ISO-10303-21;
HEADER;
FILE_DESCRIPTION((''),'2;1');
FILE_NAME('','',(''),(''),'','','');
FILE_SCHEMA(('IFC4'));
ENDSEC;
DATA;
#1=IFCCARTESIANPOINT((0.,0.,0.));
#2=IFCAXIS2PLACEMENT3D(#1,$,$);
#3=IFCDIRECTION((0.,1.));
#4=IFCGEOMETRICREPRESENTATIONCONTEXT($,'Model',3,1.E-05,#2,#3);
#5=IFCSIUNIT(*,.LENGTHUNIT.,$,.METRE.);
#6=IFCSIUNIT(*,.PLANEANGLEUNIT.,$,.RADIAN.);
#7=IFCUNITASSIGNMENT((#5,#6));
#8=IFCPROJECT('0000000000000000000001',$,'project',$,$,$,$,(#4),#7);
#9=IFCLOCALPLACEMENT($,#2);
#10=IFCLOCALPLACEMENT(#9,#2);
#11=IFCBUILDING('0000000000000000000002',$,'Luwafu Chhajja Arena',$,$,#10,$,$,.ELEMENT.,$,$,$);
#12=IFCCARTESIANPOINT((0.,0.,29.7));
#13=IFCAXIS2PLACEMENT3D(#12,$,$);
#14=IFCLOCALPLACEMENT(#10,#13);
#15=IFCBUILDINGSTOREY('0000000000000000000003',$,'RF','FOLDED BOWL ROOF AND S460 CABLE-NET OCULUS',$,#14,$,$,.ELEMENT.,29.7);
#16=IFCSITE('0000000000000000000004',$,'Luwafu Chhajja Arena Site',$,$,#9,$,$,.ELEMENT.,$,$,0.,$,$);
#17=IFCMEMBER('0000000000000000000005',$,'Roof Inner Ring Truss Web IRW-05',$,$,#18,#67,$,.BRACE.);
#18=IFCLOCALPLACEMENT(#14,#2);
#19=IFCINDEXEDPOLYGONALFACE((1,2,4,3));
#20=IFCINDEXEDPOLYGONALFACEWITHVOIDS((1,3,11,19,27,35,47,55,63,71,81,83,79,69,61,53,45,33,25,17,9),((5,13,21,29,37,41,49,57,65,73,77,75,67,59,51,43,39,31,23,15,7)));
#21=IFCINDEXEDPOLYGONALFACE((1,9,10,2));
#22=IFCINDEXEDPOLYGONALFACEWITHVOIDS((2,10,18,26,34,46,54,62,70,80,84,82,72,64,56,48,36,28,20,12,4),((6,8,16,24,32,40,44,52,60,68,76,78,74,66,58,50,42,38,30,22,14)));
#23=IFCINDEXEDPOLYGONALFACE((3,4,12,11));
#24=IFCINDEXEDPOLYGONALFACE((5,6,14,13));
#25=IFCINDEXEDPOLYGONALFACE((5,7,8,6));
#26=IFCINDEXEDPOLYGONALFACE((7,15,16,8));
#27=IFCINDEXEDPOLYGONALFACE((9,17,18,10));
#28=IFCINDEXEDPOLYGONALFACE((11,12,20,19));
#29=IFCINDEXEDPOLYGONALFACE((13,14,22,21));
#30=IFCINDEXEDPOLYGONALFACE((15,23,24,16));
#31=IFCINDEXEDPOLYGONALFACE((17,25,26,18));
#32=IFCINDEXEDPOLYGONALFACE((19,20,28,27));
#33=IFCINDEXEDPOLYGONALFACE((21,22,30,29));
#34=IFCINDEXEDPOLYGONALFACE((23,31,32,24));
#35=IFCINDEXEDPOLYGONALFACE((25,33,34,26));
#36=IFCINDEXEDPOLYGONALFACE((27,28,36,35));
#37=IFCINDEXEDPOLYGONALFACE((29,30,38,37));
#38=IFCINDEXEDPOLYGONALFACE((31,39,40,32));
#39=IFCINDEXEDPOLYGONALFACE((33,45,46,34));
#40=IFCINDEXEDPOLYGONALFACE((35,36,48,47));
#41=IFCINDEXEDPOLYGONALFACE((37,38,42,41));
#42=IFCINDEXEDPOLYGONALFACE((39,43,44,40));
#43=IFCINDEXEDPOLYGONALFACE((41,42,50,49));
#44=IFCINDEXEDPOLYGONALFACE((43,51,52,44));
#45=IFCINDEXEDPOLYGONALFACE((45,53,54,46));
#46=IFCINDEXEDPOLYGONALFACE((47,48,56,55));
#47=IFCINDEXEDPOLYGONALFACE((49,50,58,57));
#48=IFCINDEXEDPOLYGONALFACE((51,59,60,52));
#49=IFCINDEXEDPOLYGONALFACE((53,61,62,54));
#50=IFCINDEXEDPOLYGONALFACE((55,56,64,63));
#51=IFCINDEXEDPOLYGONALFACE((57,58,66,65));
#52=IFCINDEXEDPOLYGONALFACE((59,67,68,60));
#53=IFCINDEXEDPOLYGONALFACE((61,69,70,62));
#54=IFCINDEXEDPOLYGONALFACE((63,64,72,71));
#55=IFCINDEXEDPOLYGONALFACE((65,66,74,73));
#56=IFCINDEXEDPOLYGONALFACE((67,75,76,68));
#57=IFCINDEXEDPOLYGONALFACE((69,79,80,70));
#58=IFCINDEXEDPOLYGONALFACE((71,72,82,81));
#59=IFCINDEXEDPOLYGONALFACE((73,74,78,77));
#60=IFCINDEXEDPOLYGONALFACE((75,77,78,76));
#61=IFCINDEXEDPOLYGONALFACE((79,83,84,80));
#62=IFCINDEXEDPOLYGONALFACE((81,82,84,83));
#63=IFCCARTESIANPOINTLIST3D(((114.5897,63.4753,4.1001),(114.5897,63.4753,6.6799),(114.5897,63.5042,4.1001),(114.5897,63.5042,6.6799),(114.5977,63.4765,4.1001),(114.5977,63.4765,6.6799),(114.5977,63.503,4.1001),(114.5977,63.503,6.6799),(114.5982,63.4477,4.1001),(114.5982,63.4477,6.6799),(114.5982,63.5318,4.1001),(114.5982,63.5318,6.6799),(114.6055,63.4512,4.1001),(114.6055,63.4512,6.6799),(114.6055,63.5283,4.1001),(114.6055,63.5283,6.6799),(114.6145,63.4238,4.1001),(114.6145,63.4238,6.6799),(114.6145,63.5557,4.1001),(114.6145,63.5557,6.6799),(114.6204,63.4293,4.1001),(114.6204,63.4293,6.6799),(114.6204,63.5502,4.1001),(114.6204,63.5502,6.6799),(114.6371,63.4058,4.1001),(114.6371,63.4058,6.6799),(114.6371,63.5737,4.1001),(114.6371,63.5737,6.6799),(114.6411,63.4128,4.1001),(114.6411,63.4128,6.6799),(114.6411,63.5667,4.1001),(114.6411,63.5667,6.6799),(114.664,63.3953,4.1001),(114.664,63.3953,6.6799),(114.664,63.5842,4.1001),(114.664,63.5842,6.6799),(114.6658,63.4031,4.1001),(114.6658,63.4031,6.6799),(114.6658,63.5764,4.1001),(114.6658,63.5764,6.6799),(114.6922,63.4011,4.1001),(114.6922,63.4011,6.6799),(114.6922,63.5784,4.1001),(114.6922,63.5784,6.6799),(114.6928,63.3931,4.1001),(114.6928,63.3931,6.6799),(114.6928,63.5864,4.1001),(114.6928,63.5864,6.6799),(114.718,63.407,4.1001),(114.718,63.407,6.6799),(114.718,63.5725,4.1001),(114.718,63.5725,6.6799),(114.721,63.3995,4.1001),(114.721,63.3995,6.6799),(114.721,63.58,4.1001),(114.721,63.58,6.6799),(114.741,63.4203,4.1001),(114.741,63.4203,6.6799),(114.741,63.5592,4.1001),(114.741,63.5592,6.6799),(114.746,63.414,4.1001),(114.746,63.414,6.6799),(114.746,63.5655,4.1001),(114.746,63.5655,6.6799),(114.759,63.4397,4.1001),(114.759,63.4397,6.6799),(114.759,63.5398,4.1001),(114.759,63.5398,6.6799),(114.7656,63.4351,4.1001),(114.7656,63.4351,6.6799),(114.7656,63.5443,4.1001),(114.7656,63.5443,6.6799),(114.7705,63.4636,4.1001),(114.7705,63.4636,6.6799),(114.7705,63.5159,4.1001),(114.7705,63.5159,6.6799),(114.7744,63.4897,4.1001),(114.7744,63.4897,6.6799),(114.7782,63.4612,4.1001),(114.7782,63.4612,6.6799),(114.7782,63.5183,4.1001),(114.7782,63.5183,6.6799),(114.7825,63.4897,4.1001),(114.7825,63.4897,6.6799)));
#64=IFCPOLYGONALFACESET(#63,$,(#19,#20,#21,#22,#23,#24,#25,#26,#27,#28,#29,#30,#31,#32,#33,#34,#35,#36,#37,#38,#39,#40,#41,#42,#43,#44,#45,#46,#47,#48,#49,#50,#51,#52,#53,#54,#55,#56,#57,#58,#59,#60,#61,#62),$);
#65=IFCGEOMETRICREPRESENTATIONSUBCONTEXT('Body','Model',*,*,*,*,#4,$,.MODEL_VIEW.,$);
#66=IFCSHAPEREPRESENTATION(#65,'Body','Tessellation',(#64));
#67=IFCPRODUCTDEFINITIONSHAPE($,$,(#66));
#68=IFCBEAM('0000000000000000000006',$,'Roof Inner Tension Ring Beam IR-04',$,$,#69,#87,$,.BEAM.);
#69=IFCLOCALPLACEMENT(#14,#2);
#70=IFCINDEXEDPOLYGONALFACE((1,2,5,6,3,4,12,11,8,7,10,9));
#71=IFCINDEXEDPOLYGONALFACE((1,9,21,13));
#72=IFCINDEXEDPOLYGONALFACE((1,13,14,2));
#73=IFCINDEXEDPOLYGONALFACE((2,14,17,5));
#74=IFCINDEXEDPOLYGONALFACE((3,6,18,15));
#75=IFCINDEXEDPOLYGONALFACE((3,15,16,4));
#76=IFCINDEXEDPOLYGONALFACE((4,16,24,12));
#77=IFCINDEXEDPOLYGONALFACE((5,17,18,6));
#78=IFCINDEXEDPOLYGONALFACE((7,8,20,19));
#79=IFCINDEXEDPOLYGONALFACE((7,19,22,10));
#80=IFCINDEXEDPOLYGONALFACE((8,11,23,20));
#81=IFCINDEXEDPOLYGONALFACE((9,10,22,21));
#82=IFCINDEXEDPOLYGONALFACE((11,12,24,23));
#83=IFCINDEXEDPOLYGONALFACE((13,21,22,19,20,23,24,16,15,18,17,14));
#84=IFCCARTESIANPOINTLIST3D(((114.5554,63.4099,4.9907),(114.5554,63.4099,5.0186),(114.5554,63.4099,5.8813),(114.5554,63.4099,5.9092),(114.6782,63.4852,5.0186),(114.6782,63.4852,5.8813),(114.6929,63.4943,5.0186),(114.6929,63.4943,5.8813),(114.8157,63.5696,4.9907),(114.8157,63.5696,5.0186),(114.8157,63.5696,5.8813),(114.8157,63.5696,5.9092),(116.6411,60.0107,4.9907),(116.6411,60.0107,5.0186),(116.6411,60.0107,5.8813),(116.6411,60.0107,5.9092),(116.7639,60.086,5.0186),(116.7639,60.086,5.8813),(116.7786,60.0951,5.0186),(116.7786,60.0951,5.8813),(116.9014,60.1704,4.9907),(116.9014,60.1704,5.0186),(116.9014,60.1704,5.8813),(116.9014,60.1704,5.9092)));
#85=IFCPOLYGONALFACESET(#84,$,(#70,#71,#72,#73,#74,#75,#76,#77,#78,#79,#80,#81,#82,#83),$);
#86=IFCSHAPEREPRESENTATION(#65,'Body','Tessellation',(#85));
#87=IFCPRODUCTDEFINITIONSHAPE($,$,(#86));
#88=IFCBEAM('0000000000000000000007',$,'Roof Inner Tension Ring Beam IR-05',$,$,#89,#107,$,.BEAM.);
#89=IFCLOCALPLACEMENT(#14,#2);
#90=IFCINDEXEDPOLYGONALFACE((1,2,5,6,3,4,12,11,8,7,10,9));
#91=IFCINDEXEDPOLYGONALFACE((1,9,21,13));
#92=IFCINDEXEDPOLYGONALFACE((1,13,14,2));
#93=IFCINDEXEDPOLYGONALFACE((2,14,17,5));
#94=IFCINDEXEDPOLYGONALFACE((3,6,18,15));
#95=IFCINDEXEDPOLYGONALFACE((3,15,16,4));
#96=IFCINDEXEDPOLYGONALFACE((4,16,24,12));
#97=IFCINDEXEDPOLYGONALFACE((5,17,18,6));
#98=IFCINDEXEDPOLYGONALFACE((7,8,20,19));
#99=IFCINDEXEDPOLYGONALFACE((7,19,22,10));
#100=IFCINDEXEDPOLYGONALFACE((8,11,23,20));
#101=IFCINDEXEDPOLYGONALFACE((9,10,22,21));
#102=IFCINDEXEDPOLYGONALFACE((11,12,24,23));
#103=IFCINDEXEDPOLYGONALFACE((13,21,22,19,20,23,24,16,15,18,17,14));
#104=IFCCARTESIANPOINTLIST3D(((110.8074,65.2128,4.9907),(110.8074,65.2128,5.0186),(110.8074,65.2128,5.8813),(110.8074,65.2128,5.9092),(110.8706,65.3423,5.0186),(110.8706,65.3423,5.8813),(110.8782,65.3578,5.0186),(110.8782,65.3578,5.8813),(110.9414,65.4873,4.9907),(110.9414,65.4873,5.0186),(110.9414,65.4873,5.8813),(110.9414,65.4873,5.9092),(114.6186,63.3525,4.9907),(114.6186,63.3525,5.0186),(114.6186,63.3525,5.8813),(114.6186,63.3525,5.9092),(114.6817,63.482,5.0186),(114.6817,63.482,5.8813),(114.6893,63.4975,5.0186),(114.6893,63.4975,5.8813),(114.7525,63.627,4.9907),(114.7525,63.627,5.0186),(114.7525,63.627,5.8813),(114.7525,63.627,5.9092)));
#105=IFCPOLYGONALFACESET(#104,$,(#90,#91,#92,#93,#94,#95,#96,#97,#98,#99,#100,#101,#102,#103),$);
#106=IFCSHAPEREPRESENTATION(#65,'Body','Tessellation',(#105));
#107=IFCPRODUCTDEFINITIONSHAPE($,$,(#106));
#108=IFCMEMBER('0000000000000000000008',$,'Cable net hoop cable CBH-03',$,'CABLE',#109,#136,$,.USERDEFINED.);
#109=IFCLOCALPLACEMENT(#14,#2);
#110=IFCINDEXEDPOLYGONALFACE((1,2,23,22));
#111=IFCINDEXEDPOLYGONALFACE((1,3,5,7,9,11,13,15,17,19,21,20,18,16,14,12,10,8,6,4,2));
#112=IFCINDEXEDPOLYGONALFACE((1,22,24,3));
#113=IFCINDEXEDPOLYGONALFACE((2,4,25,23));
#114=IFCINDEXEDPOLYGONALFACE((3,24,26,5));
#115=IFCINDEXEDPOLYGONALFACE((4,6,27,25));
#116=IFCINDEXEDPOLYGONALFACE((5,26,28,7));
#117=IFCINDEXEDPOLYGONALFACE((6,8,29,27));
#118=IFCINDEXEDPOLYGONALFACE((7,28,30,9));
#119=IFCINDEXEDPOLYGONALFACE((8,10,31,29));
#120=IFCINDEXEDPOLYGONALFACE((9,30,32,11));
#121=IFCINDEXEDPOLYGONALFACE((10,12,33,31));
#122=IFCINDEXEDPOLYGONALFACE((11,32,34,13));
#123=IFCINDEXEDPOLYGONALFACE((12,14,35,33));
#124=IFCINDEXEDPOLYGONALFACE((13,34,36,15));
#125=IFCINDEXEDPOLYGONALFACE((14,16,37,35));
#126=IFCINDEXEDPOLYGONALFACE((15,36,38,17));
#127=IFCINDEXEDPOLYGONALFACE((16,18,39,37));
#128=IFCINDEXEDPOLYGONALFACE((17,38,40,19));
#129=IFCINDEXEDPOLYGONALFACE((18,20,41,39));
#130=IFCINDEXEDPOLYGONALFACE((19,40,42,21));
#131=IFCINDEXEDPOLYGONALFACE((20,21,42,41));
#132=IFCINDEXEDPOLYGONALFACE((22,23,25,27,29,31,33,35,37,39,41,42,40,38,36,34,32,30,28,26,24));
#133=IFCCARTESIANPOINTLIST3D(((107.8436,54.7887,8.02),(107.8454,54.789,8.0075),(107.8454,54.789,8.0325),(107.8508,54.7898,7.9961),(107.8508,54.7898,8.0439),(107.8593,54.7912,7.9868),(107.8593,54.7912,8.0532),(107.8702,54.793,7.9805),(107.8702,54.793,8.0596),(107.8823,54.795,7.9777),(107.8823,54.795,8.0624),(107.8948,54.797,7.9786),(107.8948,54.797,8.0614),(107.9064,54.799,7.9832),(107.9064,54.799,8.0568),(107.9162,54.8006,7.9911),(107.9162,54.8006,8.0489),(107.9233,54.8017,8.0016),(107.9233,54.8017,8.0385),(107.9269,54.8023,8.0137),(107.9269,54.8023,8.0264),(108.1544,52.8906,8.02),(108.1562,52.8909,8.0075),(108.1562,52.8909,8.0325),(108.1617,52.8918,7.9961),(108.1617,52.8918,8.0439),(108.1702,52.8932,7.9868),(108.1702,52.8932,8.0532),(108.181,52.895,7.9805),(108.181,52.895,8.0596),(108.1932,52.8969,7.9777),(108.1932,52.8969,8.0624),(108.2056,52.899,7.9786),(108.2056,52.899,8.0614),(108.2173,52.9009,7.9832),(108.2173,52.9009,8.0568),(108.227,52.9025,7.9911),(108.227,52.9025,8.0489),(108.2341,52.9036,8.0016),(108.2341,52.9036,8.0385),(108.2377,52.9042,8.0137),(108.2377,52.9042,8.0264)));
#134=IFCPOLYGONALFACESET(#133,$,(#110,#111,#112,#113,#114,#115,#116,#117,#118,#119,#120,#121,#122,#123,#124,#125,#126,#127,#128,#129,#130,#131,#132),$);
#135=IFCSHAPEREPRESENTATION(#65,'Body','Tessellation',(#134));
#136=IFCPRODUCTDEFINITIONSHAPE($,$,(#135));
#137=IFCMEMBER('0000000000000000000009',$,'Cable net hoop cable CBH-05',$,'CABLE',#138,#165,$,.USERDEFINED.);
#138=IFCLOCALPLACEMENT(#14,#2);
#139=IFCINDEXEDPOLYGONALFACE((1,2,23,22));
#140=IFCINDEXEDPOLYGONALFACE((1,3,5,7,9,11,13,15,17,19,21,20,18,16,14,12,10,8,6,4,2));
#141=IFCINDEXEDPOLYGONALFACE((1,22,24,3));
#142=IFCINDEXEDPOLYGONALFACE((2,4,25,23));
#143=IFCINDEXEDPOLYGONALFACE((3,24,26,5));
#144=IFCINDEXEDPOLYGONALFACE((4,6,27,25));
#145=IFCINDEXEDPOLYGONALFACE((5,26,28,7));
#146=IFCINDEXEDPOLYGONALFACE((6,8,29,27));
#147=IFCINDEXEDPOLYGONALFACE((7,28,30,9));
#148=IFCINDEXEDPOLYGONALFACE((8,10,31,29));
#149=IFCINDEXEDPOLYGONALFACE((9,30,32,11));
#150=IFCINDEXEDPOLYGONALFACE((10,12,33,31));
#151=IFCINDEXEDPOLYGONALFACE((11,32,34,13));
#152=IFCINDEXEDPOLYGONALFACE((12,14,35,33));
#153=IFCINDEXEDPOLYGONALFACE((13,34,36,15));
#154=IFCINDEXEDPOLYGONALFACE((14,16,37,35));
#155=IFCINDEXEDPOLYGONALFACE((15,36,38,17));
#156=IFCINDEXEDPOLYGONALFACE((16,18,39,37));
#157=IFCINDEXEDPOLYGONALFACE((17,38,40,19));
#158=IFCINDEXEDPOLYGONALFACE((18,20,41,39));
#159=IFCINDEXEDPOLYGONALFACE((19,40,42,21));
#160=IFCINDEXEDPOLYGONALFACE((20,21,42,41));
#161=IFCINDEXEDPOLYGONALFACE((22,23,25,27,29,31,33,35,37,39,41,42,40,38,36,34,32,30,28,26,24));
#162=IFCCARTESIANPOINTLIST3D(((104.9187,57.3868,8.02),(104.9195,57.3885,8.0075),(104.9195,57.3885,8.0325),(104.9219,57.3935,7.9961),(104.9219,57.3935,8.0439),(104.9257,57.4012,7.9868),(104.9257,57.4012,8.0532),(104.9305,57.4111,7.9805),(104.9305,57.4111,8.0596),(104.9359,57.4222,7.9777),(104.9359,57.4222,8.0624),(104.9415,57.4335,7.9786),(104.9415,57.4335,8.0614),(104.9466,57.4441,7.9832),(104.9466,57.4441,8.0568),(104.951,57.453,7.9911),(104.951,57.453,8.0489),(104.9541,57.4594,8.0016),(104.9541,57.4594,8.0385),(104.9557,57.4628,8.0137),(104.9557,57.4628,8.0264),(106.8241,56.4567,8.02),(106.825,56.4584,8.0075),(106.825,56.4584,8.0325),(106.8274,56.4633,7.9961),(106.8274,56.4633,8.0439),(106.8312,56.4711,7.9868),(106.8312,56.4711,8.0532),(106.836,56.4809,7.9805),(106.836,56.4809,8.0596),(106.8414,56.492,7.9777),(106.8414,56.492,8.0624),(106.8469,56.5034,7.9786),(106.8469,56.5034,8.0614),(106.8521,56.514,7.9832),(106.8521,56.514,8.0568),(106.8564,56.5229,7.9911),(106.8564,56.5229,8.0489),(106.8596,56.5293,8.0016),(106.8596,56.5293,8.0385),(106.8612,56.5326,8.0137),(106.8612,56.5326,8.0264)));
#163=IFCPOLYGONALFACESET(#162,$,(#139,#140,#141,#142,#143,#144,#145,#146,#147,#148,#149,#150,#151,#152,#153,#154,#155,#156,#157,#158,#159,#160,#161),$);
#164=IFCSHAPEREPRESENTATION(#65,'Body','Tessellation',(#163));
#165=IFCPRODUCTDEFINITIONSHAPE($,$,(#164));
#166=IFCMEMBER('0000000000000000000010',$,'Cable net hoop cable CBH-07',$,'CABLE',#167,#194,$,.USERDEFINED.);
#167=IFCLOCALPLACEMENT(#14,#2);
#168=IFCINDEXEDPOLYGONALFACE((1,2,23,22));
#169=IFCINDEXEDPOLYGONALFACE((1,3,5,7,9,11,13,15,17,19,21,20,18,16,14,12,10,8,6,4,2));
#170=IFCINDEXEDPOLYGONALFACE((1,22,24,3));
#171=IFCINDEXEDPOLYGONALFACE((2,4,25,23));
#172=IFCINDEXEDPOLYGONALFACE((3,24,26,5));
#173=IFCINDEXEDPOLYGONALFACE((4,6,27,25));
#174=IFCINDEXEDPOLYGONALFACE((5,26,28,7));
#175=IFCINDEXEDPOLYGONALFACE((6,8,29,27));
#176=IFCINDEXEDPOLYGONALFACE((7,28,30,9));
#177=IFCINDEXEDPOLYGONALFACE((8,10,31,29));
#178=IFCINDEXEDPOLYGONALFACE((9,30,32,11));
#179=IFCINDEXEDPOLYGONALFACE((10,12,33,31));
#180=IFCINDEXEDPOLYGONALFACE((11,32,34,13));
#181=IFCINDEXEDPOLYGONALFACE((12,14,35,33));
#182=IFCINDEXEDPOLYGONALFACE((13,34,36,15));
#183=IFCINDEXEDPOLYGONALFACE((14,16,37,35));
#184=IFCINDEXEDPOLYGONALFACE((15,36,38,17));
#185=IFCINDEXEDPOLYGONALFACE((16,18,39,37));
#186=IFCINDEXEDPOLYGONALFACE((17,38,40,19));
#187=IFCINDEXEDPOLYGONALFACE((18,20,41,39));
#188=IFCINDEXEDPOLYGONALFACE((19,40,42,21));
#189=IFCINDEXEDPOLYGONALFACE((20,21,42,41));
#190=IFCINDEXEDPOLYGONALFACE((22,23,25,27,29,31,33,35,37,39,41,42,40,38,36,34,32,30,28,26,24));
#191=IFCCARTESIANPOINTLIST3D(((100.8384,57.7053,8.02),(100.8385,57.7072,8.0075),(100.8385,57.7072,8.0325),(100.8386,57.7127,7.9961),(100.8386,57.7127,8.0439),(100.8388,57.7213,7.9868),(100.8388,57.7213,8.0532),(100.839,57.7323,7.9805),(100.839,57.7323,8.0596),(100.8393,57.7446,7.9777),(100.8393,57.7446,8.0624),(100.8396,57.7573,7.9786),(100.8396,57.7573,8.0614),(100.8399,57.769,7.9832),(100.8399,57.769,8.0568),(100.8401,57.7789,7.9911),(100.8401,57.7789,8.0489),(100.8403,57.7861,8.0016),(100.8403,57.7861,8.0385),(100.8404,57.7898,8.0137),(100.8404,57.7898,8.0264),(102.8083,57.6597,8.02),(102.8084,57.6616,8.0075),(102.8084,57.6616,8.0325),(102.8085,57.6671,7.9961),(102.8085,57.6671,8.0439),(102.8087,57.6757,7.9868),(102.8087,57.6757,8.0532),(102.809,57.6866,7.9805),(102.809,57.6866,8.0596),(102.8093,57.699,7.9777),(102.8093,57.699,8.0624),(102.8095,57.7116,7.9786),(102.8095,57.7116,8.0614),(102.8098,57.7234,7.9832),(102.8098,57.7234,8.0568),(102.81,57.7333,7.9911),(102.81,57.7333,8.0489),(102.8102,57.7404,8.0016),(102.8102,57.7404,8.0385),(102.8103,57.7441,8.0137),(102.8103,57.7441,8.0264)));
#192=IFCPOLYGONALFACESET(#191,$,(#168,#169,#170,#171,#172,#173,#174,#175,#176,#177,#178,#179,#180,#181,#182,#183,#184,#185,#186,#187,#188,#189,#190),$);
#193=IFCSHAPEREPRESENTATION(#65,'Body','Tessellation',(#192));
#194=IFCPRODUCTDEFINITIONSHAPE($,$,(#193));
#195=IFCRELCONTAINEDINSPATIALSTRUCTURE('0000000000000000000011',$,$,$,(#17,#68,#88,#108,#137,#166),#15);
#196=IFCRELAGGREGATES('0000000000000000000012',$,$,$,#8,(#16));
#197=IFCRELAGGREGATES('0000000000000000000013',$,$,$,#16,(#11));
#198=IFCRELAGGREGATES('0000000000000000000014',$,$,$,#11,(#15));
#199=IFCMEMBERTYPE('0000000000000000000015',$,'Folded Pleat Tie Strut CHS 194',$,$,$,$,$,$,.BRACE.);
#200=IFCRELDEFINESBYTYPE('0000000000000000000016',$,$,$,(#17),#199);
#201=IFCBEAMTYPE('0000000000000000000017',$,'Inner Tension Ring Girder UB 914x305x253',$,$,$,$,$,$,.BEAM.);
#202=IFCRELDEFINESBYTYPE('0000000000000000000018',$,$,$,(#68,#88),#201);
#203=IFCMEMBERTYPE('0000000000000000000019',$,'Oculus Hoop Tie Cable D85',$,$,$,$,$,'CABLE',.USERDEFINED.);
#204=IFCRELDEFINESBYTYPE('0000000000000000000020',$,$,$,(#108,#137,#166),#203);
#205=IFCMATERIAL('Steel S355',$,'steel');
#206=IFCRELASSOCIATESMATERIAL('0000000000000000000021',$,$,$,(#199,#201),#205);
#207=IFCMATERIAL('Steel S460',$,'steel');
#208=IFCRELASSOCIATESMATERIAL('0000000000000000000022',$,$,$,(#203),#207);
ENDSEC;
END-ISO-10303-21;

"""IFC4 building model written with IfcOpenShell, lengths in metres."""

from ifc_helpers import new_model, si_unit, direction, frame, origin, origin_2d, place, context, subcontext, project, spatial, circle, hollow_circle, i_section, extrude, material, material_profile, profile_set, type_object, element, save


model = new_model("IFC4")

# Units and contexts
model_context = context("Model", 3, precision=1e-05, world=origin(), true_north=direction((0.0, 1.0)))
body_context = subcontext(model_context, "Body", "Model", "MODEL_VIEW")
ifc_project = project(units=[si_unit("LENGTHUNIT", "METRE"), si_unit("PLANEANGLEUNIT", "RADIAN")], contexts=[model_context])

# Site, building, storey
site_placement = place(None, origin())
site = spatial("IfcSite", under=ifc_project, at=site_placement, Name="Luwafu Chhajja Arena Site", CompositionType="ELEMENT", RefElevation=0.0)
building_placement = place(site_placement, origin())
building = spatial("IfcBuilding", under=site, at=building_placement, Name="Luwafu Chhajja Arena", CompositionType="ELEMENT")
storey_placement = place(building_placement, frame((0.0, 0.0, 29.7)))
storey = spatial("IfcBuildingStorey", under=building, at=storey_placement, Name="RF", Description="FOLDED BOWL ROOF AND S460 CABLE-NET OCULUS", CompositionType="ELEMENT", Elevation=29.7)

# Member
ifc_material_1 = material(Name="Steel S355", Category="steel")
ifc_material_profile_1 = material_profile(ifc_material_1, hollow_circle(Radius=0.0969, WallThickness=0.0081, at=origin_2d()), Name="CHS 193.7x8")
ifc_profile_set_1 = profile_set([ifc_material_profile_1], Name="Steel S355")
member_type_1 = type_object("IfcMemberType", Name="Folded Pleat Tie Strut CHS 194", PredefinedType="BRACE", material=ifc_profile_set_1)
member_1_placement = place(storey_placement, frame((114.6855, 63.4897, 4.1001), z_axis=(0.0, 0.0, 1.0), x_axis=(1.0, 0.0, 0.0)))
element("IfcMember", 1, at=member_1_placement, inside=storey, type_object=member_type_1, Name="Roof Inner Ring Truss Web IRW-05", PredefinedType="BRACE", context=body_context, shape_type="SweptSolid", body=[
    extrude(hollow_circle(Radius=0.0969, WallThickness=0.0081, at=origin_2d()), origin(), (0.0, 0.0, 1.0), 2.5798),
])

# Beams
ifc_material_profile_2 = material_profile(ifc_material_1, i_section(OverallWidth=0.3054, OverallDepth=0.9185, WebThickness=0.0173, FlangeThickness=0.0278, at=origin_2d()), Name="UB 914x305x253")
ifc_profile_set_2 = profile_set([ifc_material_profile_2], Name="Steel S355")
beam_type = type_object("IfcBeamType", Name="Inner Tension Ring Girder UB 914x305x253", PredefinedType="BEAM", material=ifc_profile_set_2)
beam_1_placement = place(storey_placement, frame((116.7712, 60.0906, 5.45), z_axis=(-0.522987, 0.852341, 0.0), x_axis=(-0.852341, -0.522987, 0.0)))
element("IfcBeam", 2, at=beam_1_placement, inside=storey, type_object=beam_type, Name="Roof Inner Tension Ring Beam IR-04", PredefinedType="BEAM", context=body_context, shape_type="SweptSolid", body=[
    extrude(i_section(OverallWidth=0.3054, OverallDepth=0.9185, WebThickness=0.0173, FlangeThickness=0.0278, at=origin_2d()), origin(), (0.0, 0.0, 1.0), 3.988),
])
beam_2_placement = place(storey_placement, frame((114.6855, 63.4897, 5.45), z_axis=(-0.898658, 0.43865, 0.0), x_axis=(-0.43865, -0.898658, 0.0)))
element("IfcBeam", 3, at=beam_2_placement, inside=storey, type_object=beam_type, Name="Roof Inner Tension Ring Beam IR-05", PredefinedType="BEAM", context=body_context, shape_type="SweptSolid", body=[
    extrude(i_section(OverallWidth=0.3054, OverallDepth=0.9185, WebThickness=0.0173, FlangeThickness=0.0278, at=origin_2d()), origin(), (0.0, 0.0, 1.0), 4.241),
])

# Members
ifc_material_2 = material(Name="Steel S460", Category="steel")
ifc_material_profile_3 = material_profile(ifc_material_2, circle(Radius=0.0425, at=origin_2d()), Name="CABLE D85")
ifc_profile_set_3 = profile_set([ifc_material_profile_3], Name="Steel S460")
member_type_2 = type_object("IfcMemberType", Name="Oculus Hoop Tie Cable D85", ElementType="CABLE", PredefinedType="USERDEFINED", material=ifc_profile_set_3)
member_2_placement = place(storey_placement, frame((108.1963, 52.8975, 8.02), z_axis=(-0.161599, 0.986857, 0.0), x_axis=(-0.986857, -0.161599, 0.0)))
element("IfcMember", 4, at=member_2_placement, inside=storey, type_object=member_type_2, Name="Cable net hoop cable CBH-03", ObjectType="CABLE", PredefinedType="USERDEFINED", context=body_context, shape_type="SweptSolid", body=[
    extrude(circle(Radius=0.0425, at=origin_2d()), origin(), (0.0, 0.0, 1.0), 1.9233),
])
member_3_placement = place(storey_placement, frame((106.8428, 56.4949, 8.02), z_axis=(-0.898647, 0.438673, 0.0), x_axis=(-0.438673, -0.898647, 0.0)))
element("IfcMember", 5, at=member_3_placement, inside=storey, type_object=member_type_2, Name="Cable net hoop cable CBH-05", ObjectType="CABLE", PredefinedType="USERDEFINED", context=body_context, shape_type="SweptSolid", body=[
    extrude(circle(Radius=0.0425, at=origin_2d()), origin(), (0.0, 0.0, 1.0), 2.1204),
])
member_4_placement = place(storey_placement, frame((102.8093, 57.7021, 8.02), z_axis=(-0.999732, 0.023169, 0.0), x_axis=(-0.023169, -0.999732, 0.0)))
element("IfcMember", 6, at=member_4_placement, inside=storey, type_object=member_type_2, Name="Cable net hoop cable CBH-07", ObjectType="CABLE", PredefinedType="USERDEFINED", context=body_context, shape_type="SweptSolid", body=[
    extrude(circle(Radius=0.0425, at=origin_2d()), origin(), (0.0, 0.0, 1.0), 1.9705),
])

save(model, "model.ifc")
